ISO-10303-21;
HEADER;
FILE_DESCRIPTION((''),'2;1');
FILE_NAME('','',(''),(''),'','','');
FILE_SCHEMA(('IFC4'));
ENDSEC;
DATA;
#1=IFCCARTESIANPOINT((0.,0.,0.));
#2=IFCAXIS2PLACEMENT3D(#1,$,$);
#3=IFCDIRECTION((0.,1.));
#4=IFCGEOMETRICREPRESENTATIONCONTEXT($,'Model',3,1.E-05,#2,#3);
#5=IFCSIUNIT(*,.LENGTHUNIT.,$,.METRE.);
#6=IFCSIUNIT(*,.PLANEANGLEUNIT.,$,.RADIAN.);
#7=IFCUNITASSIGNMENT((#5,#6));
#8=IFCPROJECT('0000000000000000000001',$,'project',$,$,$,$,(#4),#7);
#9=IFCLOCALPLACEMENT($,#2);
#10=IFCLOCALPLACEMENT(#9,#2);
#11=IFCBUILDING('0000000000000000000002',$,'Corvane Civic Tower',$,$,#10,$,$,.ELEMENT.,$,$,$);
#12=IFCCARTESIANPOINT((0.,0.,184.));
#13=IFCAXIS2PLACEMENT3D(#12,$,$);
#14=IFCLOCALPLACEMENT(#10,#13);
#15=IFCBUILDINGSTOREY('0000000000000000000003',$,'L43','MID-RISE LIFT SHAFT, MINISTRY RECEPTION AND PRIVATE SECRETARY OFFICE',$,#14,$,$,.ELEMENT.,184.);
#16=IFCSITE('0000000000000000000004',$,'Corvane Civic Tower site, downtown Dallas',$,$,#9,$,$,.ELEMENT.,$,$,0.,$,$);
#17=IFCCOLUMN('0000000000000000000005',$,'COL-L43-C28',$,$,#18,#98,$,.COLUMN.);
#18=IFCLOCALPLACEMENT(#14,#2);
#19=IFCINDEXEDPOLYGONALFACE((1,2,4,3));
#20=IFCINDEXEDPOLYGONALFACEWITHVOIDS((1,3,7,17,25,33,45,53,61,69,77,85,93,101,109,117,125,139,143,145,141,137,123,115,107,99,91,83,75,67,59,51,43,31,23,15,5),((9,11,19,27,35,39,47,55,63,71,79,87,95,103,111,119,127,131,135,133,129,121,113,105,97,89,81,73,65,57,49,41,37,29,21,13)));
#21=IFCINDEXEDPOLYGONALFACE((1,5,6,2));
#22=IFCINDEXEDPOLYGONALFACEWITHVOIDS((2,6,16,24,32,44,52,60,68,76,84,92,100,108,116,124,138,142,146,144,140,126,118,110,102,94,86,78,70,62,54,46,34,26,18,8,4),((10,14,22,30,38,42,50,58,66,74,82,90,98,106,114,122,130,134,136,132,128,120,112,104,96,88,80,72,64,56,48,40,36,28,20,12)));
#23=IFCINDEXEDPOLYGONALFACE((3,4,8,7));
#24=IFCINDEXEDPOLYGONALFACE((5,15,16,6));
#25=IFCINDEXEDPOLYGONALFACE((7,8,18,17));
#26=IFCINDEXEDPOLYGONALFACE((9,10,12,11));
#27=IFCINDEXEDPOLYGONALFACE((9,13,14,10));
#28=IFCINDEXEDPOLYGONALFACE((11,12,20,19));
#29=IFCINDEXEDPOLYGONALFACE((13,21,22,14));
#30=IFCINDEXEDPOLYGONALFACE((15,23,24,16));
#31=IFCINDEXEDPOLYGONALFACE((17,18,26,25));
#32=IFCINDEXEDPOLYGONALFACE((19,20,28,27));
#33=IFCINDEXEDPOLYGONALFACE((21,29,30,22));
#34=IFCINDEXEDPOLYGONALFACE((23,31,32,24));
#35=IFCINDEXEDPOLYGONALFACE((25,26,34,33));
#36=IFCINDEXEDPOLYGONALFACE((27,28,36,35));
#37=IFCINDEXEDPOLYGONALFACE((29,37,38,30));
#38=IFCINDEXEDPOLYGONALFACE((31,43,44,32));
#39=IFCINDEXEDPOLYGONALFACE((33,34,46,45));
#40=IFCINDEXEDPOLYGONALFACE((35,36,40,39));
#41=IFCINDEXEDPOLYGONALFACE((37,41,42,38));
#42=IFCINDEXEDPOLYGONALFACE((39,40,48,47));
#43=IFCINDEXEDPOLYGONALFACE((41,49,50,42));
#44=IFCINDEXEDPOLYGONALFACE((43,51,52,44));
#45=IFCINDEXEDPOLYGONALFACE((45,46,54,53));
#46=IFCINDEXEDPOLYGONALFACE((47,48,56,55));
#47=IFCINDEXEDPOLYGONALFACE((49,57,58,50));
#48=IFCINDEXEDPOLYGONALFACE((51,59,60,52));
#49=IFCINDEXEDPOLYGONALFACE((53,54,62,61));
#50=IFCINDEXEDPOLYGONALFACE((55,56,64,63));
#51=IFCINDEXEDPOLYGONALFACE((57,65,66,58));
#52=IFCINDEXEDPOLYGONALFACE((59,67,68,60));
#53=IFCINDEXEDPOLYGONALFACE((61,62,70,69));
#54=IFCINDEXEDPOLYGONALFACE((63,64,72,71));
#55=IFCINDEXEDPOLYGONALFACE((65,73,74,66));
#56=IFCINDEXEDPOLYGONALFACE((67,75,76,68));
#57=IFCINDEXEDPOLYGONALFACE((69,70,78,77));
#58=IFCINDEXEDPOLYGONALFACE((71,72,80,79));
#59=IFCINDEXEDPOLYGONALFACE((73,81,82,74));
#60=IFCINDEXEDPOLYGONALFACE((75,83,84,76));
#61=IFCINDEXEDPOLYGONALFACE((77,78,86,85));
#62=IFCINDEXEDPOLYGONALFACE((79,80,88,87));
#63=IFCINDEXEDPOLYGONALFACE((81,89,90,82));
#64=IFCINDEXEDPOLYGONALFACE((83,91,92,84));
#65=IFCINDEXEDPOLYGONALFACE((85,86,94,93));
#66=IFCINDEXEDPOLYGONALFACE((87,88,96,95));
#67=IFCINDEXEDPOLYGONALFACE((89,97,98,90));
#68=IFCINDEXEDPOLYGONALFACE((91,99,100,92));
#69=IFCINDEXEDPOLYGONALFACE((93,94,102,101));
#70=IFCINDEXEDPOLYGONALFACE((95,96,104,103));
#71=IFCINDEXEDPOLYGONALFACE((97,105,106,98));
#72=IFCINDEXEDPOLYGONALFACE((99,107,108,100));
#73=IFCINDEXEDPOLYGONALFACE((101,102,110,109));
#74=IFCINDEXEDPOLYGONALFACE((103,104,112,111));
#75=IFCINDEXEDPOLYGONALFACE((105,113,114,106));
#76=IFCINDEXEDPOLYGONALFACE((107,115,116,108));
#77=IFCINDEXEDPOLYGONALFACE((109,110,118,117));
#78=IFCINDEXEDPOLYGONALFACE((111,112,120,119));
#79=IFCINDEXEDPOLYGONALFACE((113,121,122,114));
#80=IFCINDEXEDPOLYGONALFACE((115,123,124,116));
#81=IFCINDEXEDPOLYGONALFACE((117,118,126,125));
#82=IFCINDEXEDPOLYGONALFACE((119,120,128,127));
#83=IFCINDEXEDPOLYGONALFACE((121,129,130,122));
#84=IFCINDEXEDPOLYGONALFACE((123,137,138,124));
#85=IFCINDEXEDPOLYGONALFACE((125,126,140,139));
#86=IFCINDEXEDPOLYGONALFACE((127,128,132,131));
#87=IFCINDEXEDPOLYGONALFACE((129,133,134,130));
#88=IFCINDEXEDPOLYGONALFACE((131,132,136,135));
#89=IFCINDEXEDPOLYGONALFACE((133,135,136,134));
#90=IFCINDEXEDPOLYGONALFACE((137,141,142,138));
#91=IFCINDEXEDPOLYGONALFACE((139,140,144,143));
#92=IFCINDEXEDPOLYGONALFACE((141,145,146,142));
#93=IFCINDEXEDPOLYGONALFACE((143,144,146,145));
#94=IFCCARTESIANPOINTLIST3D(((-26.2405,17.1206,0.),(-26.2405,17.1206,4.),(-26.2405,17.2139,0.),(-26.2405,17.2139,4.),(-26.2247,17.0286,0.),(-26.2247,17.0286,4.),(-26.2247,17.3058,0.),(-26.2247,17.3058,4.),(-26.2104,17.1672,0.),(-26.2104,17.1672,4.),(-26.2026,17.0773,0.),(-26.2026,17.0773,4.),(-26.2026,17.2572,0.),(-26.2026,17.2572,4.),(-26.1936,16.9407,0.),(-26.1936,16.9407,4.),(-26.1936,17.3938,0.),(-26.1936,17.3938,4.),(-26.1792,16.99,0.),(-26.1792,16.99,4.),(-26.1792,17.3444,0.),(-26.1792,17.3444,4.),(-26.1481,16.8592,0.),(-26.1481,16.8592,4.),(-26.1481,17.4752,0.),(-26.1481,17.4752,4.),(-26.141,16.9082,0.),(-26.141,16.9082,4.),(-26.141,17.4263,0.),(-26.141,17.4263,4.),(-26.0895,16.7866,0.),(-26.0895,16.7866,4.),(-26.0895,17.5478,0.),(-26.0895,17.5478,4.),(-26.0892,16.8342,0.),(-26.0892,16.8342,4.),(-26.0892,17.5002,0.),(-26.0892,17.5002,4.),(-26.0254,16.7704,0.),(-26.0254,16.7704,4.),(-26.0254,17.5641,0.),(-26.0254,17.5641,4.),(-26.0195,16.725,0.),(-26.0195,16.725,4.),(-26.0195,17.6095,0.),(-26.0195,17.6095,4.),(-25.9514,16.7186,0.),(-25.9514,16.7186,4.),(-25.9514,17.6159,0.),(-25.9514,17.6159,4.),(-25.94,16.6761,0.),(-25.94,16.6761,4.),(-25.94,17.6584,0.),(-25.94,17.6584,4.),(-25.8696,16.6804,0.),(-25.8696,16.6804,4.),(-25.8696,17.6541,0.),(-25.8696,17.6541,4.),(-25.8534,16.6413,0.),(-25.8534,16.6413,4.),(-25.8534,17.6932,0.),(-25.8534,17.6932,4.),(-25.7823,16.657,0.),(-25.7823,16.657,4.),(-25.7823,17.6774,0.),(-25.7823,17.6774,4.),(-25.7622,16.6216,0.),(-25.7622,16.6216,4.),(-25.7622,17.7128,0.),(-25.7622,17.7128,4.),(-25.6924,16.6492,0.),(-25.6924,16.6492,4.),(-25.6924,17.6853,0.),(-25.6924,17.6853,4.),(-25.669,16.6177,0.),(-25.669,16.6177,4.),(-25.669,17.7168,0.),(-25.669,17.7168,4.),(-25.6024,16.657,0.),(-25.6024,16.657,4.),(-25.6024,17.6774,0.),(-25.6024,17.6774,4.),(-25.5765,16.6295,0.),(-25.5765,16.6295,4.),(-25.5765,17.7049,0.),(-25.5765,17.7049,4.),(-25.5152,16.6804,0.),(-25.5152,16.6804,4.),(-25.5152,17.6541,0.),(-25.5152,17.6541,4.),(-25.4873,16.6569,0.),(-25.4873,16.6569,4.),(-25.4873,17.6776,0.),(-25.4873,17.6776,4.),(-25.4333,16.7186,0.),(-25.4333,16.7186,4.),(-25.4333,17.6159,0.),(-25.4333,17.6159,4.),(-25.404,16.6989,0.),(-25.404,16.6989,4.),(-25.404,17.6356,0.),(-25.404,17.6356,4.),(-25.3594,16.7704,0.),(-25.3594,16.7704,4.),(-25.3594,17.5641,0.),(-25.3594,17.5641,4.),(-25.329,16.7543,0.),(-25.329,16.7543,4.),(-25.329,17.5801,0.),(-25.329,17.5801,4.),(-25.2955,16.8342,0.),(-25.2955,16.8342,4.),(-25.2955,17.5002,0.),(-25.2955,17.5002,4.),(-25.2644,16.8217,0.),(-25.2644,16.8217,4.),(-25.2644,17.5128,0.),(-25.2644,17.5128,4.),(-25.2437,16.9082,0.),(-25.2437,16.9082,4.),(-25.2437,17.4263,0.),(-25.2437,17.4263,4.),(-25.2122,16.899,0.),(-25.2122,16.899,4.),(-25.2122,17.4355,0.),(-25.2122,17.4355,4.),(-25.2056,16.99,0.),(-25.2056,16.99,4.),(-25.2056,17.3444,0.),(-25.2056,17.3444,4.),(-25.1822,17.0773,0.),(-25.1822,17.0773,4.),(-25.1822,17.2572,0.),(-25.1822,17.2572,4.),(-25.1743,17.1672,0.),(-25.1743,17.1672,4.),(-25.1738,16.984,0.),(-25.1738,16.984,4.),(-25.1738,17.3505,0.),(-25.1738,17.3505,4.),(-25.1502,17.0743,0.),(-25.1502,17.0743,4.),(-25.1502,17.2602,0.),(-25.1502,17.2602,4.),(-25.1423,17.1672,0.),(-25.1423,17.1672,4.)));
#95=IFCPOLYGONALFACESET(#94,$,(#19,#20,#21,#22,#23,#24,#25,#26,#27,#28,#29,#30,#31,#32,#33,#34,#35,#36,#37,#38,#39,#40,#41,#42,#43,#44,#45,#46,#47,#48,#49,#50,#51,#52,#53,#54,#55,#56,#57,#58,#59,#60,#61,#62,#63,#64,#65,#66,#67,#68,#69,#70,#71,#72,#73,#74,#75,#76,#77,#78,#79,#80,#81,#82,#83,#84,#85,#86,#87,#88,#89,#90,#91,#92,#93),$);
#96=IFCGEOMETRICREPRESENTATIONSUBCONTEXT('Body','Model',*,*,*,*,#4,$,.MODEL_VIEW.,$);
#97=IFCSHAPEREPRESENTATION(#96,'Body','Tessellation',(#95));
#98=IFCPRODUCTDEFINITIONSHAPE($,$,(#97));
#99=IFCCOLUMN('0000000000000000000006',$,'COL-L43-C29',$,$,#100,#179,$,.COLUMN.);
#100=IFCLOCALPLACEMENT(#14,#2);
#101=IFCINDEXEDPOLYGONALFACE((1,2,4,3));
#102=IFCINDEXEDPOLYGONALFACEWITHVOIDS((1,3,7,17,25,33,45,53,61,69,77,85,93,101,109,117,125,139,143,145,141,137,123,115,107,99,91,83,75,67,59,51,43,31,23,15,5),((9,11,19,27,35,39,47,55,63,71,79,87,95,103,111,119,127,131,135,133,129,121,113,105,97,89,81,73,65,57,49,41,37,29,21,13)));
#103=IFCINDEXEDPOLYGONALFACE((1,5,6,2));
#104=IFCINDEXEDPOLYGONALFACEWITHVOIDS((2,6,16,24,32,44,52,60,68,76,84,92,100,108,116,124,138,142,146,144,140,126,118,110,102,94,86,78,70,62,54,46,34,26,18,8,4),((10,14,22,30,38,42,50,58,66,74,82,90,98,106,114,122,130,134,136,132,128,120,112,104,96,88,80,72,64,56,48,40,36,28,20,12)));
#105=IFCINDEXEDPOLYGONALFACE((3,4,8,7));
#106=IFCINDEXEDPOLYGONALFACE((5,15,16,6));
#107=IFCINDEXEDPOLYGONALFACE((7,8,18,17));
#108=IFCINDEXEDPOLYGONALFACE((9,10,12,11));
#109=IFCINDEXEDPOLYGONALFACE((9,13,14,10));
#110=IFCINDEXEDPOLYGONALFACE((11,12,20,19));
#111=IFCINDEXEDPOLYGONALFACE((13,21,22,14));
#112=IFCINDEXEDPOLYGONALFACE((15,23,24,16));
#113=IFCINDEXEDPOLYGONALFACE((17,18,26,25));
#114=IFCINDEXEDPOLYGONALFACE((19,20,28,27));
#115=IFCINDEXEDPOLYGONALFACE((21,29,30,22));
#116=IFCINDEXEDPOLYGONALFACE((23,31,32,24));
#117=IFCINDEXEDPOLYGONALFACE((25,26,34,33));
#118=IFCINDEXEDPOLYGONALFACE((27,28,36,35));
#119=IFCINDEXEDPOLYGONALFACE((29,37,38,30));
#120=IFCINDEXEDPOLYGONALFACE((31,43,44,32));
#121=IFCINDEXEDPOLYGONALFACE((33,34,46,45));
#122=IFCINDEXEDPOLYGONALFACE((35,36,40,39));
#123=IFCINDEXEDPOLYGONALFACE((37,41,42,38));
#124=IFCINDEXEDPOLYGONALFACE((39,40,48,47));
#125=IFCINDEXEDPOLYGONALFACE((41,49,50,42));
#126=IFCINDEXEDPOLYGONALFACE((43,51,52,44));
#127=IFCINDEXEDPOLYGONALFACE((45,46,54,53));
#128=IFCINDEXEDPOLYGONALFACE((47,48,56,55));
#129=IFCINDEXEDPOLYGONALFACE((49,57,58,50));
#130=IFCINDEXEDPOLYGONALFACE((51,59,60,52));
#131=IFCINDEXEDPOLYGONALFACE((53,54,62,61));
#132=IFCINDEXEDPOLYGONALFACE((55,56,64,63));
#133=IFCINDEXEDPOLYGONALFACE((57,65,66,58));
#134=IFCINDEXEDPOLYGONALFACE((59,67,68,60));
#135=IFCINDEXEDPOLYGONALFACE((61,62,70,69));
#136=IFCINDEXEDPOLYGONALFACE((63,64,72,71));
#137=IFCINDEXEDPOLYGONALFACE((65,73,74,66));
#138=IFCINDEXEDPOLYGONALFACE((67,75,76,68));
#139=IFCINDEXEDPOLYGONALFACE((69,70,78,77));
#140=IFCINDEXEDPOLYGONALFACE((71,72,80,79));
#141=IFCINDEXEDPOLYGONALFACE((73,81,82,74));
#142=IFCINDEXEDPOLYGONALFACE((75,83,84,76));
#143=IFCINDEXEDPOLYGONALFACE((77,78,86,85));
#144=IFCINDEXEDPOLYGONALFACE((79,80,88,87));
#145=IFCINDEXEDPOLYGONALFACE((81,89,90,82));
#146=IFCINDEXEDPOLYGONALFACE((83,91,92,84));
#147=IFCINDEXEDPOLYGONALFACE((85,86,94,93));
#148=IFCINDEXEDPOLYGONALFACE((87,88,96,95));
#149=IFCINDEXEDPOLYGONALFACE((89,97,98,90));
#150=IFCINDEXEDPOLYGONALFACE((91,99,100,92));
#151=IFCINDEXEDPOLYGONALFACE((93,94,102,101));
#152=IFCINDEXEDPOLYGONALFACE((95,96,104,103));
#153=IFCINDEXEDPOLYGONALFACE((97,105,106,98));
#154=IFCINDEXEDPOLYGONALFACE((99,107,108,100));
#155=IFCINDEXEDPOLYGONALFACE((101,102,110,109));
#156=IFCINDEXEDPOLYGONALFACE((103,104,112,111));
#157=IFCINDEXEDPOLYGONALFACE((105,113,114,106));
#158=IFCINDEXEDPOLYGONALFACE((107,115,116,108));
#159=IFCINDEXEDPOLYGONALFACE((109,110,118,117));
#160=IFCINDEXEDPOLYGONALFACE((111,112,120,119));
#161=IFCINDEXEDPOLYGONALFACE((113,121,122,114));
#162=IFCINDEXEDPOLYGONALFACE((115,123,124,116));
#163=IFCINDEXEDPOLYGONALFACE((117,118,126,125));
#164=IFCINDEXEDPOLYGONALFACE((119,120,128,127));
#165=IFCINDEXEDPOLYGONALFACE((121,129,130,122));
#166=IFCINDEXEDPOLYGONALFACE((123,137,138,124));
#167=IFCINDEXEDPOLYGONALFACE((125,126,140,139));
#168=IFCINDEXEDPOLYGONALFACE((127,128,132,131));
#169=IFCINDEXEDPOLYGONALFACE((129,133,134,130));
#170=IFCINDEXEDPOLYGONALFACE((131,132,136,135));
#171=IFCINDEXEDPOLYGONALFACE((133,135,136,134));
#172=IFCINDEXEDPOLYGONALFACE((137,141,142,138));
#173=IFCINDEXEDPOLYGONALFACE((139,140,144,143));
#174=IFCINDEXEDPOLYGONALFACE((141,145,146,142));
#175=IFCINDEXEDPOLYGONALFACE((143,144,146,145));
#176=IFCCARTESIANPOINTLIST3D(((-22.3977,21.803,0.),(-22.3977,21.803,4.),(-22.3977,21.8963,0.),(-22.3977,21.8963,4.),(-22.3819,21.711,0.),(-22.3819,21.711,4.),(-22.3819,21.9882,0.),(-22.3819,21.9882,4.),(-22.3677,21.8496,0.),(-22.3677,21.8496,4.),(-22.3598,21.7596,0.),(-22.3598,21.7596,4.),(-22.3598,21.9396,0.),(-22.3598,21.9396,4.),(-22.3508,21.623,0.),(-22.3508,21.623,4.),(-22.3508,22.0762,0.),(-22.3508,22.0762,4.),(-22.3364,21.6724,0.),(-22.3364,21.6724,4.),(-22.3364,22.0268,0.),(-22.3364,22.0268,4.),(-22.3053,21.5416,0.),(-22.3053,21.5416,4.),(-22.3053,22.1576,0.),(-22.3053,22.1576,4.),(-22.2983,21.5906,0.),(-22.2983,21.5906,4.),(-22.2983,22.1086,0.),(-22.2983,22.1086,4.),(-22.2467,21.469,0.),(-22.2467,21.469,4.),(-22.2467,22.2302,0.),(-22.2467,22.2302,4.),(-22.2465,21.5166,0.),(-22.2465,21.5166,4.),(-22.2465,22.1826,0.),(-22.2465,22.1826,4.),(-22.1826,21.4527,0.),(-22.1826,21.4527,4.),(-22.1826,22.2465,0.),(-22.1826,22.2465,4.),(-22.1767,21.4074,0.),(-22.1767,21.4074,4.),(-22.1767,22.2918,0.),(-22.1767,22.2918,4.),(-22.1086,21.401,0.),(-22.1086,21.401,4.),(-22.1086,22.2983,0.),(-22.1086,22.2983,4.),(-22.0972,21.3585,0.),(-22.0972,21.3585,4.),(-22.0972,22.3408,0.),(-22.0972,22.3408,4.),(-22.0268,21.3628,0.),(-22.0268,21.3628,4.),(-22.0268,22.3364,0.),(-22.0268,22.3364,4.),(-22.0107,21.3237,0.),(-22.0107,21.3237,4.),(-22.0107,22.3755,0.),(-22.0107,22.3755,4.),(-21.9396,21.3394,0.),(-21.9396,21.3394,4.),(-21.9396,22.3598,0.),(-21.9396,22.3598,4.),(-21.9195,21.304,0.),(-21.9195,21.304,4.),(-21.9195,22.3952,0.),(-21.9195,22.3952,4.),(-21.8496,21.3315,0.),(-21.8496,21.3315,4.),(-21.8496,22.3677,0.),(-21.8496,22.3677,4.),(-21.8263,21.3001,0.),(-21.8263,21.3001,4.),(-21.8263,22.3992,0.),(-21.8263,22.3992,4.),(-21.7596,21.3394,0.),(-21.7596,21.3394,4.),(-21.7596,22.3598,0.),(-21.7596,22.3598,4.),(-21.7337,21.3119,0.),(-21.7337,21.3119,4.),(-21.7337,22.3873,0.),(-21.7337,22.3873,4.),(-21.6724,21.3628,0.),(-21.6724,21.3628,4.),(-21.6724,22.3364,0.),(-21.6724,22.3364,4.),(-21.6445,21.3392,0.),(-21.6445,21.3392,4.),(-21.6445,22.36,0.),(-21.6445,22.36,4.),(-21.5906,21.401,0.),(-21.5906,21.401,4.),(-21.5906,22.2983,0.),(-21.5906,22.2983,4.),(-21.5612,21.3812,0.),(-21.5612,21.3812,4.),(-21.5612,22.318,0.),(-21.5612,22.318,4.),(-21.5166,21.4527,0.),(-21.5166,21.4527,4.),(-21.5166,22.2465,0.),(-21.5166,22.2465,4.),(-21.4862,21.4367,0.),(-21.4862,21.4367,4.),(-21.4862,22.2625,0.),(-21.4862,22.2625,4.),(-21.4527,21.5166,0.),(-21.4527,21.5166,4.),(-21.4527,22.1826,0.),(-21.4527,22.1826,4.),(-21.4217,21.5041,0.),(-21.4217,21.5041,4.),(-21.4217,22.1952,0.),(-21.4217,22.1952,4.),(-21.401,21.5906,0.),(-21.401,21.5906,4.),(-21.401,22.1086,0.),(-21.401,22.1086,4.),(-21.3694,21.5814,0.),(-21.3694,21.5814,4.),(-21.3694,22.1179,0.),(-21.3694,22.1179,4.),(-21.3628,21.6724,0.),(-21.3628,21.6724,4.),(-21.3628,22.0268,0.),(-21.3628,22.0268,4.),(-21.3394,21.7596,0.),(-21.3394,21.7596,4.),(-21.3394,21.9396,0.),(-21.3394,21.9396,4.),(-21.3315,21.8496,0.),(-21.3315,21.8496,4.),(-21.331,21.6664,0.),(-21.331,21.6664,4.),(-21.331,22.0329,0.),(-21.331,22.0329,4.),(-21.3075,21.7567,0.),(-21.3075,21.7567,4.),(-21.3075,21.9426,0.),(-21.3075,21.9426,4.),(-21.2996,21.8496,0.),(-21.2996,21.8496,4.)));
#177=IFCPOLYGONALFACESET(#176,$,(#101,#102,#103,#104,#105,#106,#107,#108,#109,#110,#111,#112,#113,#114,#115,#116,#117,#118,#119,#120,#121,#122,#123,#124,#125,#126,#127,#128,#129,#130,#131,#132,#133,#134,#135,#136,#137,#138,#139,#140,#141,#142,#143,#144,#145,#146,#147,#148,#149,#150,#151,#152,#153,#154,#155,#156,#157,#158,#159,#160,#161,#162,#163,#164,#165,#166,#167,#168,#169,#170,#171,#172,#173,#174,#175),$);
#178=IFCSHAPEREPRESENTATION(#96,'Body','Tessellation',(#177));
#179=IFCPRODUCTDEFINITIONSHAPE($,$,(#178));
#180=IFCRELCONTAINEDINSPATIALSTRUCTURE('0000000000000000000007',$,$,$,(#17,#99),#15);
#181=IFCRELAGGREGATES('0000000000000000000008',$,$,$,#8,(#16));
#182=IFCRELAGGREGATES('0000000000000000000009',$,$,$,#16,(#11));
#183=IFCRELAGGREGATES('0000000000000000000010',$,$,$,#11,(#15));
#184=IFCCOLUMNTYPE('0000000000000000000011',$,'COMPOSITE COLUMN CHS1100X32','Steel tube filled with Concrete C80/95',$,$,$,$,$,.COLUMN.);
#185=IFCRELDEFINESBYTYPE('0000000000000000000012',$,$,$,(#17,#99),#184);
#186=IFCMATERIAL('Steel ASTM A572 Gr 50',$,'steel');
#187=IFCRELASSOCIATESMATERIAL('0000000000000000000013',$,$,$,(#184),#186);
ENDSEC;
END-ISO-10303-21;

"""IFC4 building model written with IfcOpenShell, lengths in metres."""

from ifc_helpers import new_model, si_unit, direction, frame, origin, origin_2d, place, context, subcontext, project, spatial, hollow_circle, extrude, material, material_profile, profile_set, type_object, element, save


model = new_model("IFC4")

# Units and contexts
model_context = context("Model", 3, precision=1e-05, world=origin(), true_north=direction((0.0, 1.0)))
body_context = subcontext(model_context, "Body", "Model", "MODEL_VIEW")
ifc_project = project(units=[si_unit("LENGTHUNIT", "METRE"), si_unit("PLANEANGLEUNIT", "RADIAN")], contexts=[model_context])

# Site, building, storey
site_placement = place(None, origin())
site = spatial("IfcSite", under=ifc_project, at=site_placement, Name="Corvane Civic Tower site, downtown Dallas", CompositionType="ELEMENT", RefElevation=0.0)
building_placement = place(site_placement, origin())
building = spatial("IfcBuilding", under=site, at=building_placement, Name="Corvane Civic Tower", CompositionType="ELEMENT")
storey_placement = place(building_placement, frame((0.0, 0.0, 184.0)))
storey = spatial("IfcBuildingStorey", under=building, at=storey_placement, Name="L43", Description="MID-RISE LIFT SHAFT, MINISTRY RECEPTION AND PRIVATE SECRETARY OFFICE", CompositionType="ELEMENT", Elevation=184.0)

# Columns
ifc_material_1 = material(Name="Steel ASTM A572 Gr 50", Category="steel")
ifc_material_profile_1 = material_profile(ifc_material_1, hollow_circle(Radius=0.55, WallThickness=0.032, at=origin_2d()), Name="CHS1100X32")
ifc_profile_set_1 = profile_set([ifc_material_profile_1], Name="Steel ASTM A572 Gr 50")
column_type = type_object("IfcColumnType", Name="COMPOSITE COLUMN CHS1100X32", Description="Steel tube filled with Concrete C80/95", PredefinedType="COLUMN", material=ifc_profile_set_1)
for number, where, z_axis, x_axis, name in (
    (1, (-25.6924, 17.1672, 0.0), (0.0, 0.0, 1.0), (1.0, 0.0, 0.0), "COL-L43-C28"),
    (2, (-21.8496, 21.8496, 0.0), (0.0, 0.0, 1.0), (1.0, 0.0, 0.0), "COL-L43-C29"),
):
    element("IfcColumn", number, at=place(storey_placement, frame(where, z_axis=z_axis, x_axis=x_axis)), inside=storey, type_object=column_type, Name=name, PredefinedType="COLUMN", context=body_context, shape_type="SweptSolid", body=[
        extrude(hollow_circle(Radius=0.55, WallThickness=0.032, at=origin_2d()), origin(), (0.0, 0.0, 1.0), 4.0),
    ])

save(model, "model.ifc")
